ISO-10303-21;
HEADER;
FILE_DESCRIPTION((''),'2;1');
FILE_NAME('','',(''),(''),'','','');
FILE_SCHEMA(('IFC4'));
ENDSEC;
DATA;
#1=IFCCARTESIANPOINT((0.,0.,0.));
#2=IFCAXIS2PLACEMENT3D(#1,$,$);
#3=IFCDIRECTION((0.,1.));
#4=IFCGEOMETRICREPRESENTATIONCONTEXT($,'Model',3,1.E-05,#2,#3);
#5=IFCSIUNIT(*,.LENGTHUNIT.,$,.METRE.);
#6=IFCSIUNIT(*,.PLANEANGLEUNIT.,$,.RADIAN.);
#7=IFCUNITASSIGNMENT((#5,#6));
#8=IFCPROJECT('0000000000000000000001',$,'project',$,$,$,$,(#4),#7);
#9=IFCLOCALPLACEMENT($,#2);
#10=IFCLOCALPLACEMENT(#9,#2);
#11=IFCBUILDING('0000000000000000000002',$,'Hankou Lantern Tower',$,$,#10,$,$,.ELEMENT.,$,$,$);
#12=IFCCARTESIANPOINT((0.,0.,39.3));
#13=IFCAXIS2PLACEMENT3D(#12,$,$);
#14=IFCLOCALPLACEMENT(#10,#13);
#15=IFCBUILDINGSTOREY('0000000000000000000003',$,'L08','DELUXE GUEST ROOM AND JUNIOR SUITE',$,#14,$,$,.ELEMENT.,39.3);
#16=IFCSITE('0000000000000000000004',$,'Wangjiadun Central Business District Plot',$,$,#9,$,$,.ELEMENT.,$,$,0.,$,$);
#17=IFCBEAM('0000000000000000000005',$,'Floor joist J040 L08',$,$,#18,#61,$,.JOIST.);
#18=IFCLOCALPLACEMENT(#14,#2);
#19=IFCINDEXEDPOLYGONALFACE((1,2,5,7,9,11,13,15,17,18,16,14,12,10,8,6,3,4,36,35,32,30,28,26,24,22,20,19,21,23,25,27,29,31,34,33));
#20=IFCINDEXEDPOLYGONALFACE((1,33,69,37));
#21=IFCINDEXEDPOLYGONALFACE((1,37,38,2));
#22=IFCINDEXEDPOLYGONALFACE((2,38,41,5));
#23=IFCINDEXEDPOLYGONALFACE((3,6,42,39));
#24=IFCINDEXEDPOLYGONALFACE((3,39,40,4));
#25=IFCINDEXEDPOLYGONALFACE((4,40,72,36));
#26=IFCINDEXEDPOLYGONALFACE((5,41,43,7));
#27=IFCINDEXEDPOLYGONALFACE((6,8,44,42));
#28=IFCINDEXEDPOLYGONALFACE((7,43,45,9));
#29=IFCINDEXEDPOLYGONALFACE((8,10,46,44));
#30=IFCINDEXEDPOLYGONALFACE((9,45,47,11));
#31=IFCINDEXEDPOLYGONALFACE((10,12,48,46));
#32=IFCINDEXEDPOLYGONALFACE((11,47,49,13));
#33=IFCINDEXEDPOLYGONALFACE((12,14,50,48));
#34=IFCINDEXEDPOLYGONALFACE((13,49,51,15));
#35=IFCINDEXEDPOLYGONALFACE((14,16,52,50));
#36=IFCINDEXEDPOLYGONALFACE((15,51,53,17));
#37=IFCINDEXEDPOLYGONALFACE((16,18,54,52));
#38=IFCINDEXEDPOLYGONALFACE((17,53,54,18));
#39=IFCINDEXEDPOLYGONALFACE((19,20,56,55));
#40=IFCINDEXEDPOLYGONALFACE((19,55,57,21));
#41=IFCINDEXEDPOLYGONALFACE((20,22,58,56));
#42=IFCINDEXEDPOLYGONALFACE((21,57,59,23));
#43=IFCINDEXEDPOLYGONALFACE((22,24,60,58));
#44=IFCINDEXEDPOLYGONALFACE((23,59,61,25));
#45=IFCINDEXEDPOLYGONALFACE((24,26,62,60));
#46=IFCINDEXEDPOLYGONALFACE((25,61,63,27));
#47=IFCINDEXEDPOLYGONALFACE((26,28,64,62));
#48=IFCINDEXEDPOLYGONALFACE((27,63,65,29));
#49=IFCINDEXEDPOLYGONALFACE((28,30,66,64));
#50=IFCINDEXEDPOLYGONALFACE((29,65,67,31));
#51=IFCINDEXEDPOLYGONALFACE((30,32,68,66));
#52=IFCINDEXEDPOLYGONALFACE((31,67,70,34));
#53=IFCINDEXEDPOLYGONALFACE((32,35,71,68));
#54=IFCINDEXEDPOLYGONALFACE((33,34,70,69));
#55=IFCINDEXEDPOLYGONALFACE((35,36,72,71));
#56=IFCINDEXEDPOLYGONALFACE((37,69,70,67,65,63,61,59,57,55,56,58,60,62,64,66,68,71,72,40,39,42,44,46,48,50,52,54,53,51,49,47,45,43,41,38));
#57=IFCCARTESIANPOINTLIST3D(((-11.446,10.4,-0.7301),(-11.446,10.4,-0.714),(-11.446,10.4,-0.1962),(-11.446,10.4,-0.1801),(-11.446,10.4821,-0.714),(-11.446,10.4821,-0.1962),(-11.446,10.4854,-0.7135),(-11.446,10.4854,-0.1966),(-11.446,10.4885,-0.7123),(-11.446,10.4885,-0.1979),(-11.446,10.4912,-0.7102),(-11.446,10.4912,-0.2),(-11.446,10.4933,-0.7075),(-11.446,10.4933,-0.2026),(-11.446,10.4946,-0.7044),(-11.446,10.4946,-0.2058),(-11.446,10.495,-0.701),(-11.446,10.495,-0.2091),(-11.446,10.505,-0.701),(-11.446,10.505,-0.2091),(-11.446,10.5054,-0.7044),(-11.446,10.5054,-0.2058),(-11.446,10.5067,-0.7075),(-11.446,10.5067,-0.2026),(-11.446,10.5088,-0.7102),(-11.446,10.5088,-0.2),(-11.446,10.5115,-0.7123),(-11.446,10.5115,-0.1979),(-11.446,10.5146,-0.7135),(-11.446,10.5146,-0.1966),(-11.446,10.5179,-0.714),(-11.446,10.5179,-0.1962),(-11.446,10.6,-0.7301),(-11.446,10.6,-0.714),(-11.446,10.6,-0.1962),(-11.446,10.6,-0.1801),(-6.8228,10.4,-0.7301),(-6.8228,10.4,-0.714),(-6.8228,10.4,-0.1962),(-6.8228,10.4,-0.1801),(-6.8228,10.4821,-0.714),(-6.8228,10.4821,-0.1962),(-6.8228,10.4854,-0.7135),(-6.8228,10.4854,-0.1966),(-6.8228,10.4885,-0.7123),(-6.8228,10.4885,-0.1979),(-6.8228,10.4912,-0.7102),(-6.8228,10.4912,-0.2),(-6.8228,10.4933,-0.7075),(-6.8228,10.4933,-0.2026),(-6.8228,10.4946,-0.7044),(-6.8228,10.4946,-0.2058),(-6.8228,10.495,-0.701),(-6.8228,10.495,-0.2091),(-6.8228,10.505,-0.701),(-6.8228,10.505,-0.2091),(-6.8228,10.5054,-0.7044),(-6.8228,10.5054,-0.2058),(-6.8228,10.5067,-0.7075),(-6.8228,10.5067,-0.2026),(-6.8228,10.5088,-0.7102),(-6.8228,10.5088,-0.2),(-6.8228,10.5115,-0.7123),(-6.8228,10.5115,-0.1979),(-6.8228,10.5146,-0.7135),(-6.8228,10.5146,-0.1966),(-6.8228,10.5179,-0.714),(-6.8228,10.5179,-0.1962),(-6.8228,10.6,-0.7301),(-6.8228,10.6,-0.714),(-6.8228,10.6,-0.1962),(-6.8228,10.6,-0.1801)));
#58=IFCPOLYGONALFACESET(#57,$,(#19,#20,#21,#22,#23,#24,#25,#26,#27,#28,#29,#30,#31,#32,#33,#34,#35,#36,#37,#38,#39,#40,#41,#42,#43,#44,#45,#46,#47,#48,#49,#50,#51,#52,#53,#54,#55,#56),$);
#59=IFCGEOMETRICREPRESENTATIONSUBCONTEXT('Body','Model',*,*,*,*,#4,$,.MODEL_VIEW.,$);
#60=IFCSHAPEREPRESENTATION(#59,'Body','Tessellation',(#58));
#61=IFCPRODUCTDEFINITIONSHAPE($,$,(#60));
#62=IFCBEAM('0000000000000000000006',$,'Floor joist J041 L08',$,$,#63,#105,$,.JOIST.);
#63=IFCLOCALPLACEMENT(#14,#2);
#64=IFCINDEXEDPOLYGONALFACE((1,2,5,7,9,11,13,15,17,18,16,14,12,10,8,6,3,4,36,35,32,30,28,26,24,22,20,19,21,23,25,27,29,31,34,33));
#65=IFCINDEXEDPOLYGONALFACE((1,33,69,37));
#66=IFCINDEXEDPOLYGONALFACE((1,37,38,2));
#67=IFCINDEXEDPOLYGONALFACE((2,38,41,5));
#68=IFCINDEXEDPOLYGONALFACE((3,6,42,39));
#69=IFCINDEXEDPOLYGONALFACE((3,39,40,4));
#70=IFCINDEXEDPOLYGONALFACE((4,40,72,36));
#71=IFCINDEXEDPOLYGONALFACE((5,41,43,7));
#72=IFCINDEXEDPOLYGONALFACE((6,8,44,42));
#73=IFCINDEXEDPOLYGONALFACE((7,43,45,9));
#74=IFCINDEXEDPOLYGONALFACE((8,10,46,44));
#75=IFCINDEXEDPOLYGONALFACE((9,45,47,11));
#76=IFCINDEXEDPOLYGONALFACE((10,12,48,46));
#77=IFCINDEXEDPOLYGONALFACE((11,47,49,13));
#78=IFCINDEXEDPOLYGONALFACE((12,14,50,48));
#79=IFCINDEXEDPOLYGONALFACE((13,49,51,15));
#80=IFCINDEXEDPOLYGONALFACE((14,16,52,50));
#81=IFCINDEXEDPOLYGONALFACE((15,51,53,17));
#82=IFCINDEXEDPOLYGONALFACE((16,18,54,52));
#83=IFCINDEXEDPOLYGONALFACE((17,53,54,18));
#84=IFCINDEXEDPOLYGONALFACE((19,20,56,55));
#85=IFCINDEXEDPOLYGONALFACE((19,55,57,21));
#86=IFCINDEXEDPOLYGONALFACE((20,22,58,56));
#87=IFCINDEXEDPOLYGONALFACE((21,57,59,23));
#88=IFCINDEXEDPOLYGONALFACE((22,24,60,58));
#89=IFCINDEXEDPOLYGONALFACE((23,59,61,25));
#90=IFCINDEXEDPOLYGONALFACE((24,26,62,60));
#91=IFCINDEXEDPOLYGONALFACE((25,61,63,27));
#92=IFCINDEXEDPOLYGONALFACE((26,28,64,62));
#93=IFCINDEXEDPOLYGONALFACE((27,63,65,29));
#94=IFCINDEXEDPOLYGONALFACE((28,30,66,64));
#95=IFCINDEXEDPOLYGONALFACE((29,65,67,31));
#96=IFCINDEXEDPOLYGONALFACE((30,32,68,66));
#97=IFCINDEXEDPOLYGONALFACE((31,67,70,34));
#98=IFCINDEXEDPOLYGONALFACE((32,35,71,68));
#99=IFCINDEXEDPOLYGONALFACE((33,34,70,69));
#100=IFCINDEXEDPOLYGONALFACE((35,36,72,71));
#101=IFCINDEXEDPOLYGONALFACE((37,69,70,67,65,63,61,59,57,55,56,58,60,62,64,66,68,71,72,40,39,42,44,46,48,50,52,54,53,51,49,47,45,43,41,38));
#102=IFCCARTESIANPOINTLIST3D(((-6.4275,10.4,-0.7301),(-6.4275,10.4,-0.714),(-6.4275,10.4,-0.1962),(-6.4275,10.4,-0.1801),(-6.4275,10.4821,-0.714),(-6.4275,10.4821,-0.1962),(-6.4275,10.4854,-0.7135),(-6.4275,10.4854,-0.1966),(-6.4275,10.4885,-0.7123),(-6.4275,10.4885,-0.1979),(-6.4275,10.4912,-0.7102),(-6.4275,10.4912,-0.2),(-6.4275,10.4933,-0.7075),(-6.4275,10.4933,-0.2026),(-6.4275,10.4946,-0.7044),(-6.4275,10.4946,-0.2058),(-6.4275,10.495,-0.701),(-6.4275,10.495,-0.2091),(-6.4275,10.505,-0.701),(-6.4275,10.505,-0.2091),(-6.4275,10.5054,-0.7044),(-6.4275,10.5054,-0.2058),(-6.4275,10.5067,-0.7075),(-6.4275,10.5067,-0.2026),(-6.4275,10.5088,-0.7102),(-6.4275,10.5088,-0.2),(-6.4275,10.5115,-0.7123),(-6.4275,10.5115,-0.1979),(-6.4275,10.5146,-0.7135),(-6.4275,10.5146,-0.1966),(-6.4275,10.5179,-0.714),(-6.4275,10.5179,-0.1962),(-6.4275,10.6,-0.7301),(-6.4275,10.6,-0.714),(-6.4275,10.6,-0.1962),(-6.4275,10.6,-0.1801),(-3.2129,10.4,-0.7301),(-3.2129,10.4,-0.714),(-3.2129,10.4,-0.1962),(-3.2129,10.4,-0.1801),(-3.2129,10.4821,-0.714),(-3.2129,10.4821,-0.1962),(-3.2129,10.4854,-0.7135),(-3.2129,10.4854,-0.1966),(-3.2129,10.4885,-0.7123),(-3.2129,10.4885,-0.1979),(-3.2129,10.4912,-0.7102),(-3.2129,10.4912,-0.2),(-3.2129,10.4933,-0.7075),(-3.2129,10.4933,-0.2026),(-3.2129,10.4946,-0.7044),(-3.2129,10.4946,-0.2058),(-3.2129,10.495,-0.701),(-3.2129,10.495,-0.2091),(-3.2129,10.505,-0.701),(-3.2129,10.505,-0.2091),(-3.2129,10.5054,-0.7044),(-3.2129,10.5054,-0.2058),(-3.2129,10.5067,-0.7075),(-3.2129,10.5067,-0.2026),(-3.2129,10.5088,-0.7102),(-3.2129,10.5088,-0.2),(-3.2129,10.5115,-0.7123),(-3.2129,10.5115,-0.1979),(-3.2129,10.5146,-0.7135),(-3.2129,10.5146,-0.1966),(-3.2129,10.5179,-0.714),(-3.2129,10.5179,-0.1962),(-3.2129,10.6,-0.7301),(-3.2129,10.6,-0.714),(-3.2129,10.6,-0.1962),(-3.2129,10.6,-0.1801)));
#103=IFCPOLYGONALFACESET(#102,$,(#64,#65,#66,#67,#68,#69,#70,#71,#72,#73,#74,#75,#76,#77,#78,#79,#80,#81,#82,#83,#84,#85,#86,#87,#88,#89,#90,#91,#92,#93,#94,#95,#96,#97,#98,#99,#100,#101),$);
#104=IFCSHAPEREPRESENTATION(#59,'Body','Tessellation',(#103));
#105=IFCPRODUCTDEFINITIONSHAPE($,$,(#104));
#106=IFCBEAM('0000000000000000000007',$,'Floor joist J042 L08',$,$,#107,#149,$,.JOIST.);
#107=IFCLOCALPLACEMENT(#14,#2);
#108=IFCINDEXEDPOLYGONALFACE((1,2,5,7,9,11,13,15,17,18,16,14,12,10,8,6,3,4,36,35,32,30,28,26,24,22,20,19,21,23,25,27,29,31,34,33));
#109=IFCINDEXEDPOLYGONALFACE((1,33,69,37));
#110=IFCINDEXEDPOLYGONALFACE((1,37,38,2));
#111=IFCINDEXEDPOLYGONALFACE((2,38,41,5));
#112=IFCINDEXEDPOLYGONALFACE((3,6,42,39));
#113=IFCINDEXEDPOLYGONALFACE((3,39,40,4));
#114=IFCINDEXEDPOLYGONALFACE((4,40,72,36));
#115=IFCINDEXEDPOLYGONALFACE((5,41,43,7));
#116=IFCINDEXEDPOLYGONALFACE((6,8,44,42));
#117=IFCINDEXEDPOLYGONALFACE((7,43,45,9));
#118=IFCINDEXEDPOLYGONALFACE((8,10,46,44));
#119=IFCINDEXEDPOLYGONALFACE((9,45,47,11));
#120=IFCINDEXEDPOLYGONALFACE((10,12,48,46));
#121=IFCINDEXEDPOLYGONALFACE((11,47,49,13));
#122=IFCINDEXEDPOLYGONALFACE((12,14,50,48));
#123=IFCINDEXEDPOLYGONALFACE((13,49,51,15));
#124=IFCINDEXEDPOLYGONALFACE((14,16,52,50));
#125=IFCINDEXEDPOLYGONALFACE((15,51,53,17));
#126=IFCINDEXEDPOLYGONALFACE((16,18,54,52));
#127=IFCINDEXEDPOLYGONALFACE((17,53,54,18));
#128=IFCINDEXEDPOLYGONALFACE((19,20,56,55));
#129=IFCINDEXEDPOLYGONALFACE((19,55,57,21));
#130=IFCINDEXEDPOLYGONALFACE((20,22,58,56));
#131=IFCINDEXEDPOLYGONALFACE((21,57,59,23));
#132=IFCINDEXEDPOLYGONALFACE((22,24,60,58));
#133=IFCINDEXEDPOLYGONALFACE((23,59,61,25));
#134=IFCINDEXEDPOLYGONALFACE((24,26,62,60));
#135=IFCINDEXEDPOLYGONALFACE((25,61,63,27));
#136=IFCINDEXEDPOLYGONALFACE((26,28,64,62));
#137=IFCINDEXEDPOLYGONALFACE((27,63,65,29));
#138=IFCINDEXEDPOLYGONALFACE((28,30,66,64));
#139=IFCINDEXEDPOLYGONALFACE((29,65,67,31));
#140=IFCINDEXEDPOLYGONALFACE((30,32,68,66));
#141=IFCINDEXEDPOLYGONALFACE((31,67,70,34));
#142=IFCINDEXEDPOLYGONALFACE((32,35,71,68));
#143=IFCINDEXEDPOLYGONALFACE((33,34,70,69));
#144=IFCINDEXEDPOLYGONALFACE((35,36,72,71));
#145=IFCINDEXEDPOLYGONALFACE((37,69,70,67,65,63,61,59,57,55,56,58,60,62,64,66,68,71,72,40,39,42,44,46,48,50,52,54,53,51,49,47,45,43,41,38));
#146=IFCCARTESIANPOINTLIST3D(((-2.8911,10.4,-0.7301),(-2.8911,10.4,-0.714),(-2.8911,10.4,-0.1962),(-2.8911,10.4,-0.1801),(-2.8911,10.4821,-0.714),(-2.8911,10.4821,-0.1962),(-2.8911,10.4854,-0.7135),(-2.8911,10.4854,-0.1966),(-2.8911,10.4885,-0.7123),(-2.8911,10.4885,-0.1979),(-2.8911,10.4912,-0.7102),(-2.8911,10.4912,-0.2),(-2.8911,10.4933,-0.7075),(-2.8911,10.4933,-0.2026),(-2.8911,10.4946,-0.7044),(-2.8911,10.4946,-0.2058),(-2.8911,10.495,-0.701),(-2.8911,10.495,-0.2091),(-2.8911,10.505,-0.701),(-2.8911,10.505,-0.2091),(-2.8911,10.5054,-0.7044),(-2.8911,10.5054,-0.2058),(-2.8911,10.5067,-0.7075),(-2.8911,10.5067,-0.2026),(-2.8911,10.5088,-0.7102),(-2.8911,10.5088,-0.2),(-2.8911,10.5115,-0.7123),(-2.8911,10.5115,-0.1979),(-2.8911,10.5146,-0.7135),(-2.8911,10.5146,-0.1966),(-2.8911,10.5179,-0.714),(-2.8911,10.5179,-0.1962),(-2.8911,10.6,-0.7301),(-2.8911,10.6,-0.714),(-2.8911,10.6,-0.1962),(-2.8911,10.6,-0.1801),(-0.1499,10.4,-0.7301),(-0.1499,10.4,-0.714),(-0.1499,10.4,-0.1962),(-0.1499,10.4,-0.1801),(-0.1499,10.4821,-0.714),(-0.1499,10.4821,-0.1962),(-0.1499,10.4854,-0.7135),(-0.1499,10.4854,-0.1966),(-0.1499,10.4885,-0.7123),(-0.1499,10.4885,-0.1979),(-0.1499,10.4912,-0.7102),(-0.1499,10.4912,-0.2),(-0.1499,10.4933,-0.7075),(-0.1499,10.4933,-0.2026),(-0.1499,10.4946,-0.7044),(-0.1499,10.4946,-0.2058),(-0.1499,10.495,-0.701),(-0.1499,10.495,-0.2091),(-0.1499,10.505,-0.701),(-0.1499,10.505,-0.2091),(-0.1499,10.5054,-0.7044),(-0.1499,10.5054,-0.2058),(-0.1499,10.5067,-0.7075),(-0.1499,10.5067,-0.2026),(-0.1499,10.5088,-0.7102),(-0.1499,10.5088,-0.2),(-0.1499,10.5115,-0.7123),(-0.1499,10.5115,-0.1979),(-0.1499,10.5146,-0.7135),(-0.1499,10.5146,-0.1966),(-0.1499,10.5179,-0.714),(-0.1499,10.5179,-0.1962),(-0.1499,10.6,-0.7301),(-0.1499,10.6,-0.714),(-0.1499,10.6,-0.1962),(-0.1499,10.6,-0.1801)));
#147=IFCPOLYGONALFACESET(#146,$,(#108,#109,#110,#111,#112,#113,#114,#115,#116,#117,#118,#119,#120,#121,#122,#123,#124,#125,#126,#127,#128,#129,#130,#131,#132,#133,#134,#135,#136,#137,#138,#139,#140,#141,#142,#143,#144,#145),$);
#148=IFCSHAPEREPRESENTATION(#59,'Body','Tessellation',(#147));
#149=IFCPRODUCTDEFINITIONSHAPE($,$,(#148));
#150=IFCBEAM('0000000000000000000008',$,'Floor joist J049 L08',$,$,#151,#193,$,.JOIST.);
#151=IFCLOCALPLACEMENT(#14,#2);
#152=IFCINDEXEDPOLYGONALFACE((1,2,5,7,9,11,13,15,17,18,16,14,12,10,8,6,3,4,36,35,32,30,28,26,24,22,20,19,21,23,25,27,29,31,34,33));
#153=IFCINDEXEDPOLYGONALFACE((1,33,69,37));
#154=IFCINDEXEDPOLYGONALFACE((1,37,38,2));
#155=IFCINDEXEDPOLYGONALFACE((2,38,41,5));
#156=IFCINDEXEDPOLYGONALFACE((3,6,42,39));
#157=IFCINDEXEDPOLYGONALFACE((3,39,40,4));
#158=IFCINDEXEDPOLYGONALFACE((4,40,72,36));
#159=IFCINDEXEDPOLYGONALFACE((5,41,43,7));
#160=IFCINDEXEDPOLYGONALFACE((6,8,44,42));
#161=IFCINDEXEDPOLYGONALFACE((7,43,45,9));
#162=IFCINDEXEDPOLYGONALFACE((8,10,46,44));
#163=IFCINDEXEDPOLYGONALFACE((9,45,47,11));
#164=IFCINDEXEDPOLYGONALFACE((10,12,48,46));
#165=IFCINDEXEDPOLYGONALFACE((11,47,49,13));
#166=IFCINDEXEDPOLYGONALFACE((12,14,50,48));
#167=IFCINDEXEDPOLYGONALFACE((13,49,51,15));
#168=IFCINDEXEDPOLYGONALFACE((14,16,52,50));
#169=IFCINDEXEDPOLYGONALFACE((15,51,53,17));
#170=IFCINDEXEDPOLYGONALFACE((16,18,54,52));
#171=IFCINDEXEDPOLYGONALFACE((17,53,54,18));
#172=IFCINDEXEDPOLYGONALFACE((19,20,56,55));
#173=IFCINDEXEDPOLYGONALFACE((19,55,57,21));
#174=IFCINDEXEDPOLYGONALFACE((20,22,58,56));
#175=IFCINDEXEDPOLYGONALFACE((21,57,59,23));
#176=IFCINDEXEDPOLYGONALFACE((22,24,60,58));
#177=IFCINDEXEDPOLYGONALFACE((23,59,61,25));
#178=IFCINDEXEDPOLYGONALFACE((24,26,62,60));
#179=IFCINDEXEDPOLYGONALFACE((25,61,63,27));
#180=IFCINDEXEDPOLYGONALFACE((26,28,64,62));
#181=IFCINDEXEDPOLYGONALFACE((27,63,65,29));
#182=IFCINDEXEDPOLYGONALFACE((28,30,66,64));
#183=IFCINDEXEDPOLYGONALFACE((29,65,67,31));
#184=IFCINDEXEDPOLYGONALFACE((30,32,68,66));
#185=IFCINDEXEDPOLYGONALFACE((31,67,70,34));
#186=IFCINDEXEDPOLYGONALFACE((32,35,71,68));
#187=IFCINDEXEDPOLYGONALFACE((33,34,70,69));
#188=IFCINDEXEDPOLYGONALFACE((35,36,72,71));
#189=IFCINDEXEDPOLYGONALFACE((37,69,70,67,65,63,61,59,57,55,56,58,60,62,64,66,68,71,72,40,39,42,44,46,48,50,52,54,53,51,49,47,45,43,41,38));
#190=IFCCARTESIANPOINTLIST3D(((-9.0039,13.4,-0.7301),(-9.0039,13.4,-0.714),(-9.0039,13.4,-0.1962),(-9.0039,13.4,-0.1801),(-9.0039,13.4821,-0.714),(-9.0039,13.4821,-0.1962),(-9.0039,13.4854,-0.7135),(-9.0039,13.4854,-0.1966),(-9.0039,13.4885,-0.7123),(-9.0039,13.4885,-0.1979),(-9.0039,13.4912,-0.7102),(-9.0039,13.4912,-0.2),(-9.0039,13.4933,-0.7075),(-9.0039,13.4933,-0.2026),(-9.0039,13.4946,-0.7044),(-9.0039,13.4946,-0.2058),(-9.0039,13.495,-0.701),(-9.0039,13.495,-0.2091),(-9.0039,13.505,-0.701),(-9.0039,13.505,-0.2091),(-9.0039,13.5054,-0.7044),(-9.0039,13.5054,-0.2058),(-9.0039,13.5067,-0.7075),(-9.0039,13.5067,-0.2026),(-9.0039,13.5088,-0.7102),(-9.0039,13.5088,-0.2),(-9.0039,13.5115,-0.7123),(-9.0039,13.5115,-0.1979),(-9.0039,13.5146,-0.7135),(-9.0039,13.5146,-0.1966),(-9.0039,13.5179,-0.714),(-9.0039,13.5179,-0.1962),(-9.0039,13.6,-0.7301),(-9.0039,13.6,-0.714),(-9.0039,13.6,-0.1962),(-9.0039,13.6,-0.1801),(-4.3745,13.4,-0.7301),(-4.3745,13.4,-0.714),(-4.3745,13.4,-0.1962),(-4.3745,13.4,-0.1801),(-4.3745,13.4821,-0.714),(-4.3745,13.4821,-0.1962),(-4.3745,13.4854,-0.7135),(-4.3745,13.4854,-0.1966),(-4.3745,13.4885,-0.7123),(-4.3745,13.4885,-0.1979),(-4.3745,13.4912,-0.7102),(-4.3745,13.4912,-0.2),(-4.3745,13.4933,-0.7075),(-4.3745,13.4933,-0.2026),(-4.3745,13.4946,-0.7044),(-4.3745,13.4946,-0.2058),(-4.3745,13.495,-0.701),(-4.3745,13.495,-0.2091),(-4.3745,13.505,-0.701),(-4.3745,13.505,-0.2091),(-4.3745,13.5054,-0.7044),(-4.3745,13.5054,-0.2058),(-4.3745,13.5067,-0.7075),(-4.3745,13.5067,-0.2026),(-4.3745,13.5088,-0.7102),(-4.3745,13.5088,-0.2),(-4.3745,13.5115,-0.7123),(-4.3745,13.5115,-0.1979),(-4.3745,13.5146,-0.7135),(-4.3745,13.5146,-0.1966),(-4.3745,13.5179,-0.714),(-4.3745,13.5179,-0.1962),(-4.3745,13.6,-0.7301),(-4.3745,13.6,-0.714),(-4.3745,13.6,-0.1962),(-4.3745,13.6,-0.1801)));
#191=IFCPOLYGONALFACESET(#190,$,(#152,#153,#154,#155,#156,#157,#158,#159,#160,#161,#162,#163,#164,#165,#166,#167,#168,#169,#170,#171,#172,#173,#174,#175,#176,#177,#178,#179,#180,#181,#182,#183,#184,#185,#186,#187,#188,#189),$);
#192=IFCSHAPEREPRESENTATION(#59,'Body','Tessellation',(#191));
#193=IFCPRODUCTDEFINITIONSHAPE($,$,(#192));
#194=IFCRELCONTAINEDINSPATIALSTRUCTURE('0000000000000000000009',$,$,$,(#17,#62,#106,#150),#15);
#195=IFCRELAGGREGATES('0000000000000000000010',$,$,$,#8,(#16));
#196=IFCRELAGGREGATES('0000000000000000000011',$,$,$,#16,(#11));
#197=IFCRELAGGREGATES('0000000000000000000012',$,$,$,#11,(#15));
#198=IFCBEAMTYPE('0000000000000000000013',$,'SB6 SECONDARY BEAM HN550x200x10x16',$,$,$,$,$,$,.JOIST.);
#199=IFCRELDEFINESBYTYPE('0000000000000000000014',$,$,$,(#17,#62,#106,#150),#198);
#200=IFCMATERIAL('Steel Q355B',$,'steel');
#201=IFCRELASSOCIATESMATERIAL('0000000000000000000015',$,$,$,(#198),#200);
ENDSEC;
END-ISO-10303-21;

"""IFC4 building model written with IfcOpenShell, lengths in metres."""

from ifc_helpers import new_model, si_unit, direction, frame, origin, origin_2d, place, context, subcontext, project, spatial, i_section, extrude, material, material_profile, profile_set, type_object, element, save


model = new_model("IFC4")

# Units and contexts
model_context = context("Model", 3, precision=1e-05, world=origin(), true_north=direction((0.0, 1.0)))
body_context = subcontext(model_context, "Body", "Model", "MODEL_VIEW")
ifc_project = project(units=[si_unit("LENGTHUNIT", "METRE"), si_unit("PLANEANGLEUNIT", "RADIAN")], contexts=[model_context])

# Site, building, storey
site_placement = place(None, origin())
site = spatial("IfcSite", under=ifc_project, at=site_placement, Name="Wangjiadun Central Business District Plot", CompositionType="ELEMENT", RefElevation=0.0)
building_placement = place(site_placement, origin())
building = spatial("IfcBuilding", under=site, at=building_placement, Name="Hankou Lantern Tower", CompositionType="ELEMENT")
storey_placement = place(building_placement, frame((0.0, 0.0, 39.3)))
storey = spatial("IfcBuildingStorey", under=building, at=storey_placement, Name="L08", Description="DELUXE GUEST ROOM AND JUNIOR SUITE", CompositionType="ELEMENT", Elevation=39.3)

# Beams
ifc_material_1 = material(Name="Steel Q355B", Category="steel")
ifc_material_profile_1 = material_profile(ifc_material_1, i_section(OverallWidth=0.2, OverallDepth=0.55, WebThickness=0.01, FlangeThickness=0.0161, FilletRadius=0.0129, at=origin_2d()), Name="HN550x200x10x16")
ifc_profile_set_1 = profile_set([ifc_material_profile_1], Name="Steel Q355B")
beam_type_1 = type_object("IfcBeamType", Name="SB6 SECONDARY BEAM HN550x200x10x16", PredefinedType="JOIST", material=ifc_profile_set_1)
beam_1_placement = place(storey_placement, frame((-11.446, 10.5, -0.4551), z_axis=(1.0, 0.0, 0.0), x_axis=(0.0, 1.0, 0.0)))
element("IfcBeam", 1, at=beam_1_placement, inside=storey, type_object=beam_type_1, Name="Floor joist J040 L08", PredefinedType="JOIST", context=body_context, shape_type="SweptSolid", body=[
    extrude(i_section(OverallWidth=0.2, OverallDepth=0.55, WebThickness=0.01, FlangeThickness=0.0161, FilletRadius=0.0129, at=origin_2d()), origin(), (0.0, 0.0, 1.0), 4.6233),
])
beam_2_placement = place(storey_placement, frame((-6.4275, 10.5, -0.4551), z_axis=(1.0, 0.0, 0.0), x_axis=(0.0, 1.0, 0.0)))
element("IfcBeam", 2, at=beam_2_placement, inside=storey, type_object=beam_type_1, Name="Floor joist J041 L08", PredefinedType="JOIST", context=body_context, shape_type="SweptSolid", body=[
    extrude(i_section(OverallWidth=0.2, OverallDepth=0.55, WebThickness=0.01, FlangeThickness=0.0161, FilletRadius=0.0129, at=origin_2d()), origin(), (0.0, 0.0, 1.0), 3.2146),
])
beam_3_placement = place(storey_placement, frame((-2.8911, 10.5, -0.4551), z_axis=(1.0, 0.0, 0.0), x_axis=(0.0, 1.0, 0.0)))
element("IfcBeam", 3, at=beam_3_placement, inside=storey, type_object=beam_type_1, Name="Floor joist J042 L08", PredefinedType="JOIST", context=body_context, shape_type="SweptSolid", body=[
    extrude(i_section(OverallWidth=0.2, OverallDepth=0.55, WebThickness=0.01, FlangeThickness=0.0161, FilletRadius=0.0129, at=origin_2d()), origin(), (0.0, 0.0, 1.0), 2.7412),
])
beam_4_placement = place(storey_placement, frame((-9.0039, 13.5, -0.4551), z_axis=(1.0, 0.0, 0.0), x_axis=(0.0, 1.0, 0.0)))
element("IfcBeam", 4, at=beam_4_placement, inside=storey, type_object=beam_type_1, Name="Floor joist J049 L08", PredefinedType="JOIST", context=body_context, shape_type="SweptSolid", body=[
    extrude(i_section(OverallWidth=0.2, OverallDepth=0.55, WebThickness=0.01, FlangeThickness=0.0161, FilletRadius=0.0129, at=origin_2d()), origin(), (0.0, 0.0, 1.0), 4.6294),
])

save(model, "model.ifc")
